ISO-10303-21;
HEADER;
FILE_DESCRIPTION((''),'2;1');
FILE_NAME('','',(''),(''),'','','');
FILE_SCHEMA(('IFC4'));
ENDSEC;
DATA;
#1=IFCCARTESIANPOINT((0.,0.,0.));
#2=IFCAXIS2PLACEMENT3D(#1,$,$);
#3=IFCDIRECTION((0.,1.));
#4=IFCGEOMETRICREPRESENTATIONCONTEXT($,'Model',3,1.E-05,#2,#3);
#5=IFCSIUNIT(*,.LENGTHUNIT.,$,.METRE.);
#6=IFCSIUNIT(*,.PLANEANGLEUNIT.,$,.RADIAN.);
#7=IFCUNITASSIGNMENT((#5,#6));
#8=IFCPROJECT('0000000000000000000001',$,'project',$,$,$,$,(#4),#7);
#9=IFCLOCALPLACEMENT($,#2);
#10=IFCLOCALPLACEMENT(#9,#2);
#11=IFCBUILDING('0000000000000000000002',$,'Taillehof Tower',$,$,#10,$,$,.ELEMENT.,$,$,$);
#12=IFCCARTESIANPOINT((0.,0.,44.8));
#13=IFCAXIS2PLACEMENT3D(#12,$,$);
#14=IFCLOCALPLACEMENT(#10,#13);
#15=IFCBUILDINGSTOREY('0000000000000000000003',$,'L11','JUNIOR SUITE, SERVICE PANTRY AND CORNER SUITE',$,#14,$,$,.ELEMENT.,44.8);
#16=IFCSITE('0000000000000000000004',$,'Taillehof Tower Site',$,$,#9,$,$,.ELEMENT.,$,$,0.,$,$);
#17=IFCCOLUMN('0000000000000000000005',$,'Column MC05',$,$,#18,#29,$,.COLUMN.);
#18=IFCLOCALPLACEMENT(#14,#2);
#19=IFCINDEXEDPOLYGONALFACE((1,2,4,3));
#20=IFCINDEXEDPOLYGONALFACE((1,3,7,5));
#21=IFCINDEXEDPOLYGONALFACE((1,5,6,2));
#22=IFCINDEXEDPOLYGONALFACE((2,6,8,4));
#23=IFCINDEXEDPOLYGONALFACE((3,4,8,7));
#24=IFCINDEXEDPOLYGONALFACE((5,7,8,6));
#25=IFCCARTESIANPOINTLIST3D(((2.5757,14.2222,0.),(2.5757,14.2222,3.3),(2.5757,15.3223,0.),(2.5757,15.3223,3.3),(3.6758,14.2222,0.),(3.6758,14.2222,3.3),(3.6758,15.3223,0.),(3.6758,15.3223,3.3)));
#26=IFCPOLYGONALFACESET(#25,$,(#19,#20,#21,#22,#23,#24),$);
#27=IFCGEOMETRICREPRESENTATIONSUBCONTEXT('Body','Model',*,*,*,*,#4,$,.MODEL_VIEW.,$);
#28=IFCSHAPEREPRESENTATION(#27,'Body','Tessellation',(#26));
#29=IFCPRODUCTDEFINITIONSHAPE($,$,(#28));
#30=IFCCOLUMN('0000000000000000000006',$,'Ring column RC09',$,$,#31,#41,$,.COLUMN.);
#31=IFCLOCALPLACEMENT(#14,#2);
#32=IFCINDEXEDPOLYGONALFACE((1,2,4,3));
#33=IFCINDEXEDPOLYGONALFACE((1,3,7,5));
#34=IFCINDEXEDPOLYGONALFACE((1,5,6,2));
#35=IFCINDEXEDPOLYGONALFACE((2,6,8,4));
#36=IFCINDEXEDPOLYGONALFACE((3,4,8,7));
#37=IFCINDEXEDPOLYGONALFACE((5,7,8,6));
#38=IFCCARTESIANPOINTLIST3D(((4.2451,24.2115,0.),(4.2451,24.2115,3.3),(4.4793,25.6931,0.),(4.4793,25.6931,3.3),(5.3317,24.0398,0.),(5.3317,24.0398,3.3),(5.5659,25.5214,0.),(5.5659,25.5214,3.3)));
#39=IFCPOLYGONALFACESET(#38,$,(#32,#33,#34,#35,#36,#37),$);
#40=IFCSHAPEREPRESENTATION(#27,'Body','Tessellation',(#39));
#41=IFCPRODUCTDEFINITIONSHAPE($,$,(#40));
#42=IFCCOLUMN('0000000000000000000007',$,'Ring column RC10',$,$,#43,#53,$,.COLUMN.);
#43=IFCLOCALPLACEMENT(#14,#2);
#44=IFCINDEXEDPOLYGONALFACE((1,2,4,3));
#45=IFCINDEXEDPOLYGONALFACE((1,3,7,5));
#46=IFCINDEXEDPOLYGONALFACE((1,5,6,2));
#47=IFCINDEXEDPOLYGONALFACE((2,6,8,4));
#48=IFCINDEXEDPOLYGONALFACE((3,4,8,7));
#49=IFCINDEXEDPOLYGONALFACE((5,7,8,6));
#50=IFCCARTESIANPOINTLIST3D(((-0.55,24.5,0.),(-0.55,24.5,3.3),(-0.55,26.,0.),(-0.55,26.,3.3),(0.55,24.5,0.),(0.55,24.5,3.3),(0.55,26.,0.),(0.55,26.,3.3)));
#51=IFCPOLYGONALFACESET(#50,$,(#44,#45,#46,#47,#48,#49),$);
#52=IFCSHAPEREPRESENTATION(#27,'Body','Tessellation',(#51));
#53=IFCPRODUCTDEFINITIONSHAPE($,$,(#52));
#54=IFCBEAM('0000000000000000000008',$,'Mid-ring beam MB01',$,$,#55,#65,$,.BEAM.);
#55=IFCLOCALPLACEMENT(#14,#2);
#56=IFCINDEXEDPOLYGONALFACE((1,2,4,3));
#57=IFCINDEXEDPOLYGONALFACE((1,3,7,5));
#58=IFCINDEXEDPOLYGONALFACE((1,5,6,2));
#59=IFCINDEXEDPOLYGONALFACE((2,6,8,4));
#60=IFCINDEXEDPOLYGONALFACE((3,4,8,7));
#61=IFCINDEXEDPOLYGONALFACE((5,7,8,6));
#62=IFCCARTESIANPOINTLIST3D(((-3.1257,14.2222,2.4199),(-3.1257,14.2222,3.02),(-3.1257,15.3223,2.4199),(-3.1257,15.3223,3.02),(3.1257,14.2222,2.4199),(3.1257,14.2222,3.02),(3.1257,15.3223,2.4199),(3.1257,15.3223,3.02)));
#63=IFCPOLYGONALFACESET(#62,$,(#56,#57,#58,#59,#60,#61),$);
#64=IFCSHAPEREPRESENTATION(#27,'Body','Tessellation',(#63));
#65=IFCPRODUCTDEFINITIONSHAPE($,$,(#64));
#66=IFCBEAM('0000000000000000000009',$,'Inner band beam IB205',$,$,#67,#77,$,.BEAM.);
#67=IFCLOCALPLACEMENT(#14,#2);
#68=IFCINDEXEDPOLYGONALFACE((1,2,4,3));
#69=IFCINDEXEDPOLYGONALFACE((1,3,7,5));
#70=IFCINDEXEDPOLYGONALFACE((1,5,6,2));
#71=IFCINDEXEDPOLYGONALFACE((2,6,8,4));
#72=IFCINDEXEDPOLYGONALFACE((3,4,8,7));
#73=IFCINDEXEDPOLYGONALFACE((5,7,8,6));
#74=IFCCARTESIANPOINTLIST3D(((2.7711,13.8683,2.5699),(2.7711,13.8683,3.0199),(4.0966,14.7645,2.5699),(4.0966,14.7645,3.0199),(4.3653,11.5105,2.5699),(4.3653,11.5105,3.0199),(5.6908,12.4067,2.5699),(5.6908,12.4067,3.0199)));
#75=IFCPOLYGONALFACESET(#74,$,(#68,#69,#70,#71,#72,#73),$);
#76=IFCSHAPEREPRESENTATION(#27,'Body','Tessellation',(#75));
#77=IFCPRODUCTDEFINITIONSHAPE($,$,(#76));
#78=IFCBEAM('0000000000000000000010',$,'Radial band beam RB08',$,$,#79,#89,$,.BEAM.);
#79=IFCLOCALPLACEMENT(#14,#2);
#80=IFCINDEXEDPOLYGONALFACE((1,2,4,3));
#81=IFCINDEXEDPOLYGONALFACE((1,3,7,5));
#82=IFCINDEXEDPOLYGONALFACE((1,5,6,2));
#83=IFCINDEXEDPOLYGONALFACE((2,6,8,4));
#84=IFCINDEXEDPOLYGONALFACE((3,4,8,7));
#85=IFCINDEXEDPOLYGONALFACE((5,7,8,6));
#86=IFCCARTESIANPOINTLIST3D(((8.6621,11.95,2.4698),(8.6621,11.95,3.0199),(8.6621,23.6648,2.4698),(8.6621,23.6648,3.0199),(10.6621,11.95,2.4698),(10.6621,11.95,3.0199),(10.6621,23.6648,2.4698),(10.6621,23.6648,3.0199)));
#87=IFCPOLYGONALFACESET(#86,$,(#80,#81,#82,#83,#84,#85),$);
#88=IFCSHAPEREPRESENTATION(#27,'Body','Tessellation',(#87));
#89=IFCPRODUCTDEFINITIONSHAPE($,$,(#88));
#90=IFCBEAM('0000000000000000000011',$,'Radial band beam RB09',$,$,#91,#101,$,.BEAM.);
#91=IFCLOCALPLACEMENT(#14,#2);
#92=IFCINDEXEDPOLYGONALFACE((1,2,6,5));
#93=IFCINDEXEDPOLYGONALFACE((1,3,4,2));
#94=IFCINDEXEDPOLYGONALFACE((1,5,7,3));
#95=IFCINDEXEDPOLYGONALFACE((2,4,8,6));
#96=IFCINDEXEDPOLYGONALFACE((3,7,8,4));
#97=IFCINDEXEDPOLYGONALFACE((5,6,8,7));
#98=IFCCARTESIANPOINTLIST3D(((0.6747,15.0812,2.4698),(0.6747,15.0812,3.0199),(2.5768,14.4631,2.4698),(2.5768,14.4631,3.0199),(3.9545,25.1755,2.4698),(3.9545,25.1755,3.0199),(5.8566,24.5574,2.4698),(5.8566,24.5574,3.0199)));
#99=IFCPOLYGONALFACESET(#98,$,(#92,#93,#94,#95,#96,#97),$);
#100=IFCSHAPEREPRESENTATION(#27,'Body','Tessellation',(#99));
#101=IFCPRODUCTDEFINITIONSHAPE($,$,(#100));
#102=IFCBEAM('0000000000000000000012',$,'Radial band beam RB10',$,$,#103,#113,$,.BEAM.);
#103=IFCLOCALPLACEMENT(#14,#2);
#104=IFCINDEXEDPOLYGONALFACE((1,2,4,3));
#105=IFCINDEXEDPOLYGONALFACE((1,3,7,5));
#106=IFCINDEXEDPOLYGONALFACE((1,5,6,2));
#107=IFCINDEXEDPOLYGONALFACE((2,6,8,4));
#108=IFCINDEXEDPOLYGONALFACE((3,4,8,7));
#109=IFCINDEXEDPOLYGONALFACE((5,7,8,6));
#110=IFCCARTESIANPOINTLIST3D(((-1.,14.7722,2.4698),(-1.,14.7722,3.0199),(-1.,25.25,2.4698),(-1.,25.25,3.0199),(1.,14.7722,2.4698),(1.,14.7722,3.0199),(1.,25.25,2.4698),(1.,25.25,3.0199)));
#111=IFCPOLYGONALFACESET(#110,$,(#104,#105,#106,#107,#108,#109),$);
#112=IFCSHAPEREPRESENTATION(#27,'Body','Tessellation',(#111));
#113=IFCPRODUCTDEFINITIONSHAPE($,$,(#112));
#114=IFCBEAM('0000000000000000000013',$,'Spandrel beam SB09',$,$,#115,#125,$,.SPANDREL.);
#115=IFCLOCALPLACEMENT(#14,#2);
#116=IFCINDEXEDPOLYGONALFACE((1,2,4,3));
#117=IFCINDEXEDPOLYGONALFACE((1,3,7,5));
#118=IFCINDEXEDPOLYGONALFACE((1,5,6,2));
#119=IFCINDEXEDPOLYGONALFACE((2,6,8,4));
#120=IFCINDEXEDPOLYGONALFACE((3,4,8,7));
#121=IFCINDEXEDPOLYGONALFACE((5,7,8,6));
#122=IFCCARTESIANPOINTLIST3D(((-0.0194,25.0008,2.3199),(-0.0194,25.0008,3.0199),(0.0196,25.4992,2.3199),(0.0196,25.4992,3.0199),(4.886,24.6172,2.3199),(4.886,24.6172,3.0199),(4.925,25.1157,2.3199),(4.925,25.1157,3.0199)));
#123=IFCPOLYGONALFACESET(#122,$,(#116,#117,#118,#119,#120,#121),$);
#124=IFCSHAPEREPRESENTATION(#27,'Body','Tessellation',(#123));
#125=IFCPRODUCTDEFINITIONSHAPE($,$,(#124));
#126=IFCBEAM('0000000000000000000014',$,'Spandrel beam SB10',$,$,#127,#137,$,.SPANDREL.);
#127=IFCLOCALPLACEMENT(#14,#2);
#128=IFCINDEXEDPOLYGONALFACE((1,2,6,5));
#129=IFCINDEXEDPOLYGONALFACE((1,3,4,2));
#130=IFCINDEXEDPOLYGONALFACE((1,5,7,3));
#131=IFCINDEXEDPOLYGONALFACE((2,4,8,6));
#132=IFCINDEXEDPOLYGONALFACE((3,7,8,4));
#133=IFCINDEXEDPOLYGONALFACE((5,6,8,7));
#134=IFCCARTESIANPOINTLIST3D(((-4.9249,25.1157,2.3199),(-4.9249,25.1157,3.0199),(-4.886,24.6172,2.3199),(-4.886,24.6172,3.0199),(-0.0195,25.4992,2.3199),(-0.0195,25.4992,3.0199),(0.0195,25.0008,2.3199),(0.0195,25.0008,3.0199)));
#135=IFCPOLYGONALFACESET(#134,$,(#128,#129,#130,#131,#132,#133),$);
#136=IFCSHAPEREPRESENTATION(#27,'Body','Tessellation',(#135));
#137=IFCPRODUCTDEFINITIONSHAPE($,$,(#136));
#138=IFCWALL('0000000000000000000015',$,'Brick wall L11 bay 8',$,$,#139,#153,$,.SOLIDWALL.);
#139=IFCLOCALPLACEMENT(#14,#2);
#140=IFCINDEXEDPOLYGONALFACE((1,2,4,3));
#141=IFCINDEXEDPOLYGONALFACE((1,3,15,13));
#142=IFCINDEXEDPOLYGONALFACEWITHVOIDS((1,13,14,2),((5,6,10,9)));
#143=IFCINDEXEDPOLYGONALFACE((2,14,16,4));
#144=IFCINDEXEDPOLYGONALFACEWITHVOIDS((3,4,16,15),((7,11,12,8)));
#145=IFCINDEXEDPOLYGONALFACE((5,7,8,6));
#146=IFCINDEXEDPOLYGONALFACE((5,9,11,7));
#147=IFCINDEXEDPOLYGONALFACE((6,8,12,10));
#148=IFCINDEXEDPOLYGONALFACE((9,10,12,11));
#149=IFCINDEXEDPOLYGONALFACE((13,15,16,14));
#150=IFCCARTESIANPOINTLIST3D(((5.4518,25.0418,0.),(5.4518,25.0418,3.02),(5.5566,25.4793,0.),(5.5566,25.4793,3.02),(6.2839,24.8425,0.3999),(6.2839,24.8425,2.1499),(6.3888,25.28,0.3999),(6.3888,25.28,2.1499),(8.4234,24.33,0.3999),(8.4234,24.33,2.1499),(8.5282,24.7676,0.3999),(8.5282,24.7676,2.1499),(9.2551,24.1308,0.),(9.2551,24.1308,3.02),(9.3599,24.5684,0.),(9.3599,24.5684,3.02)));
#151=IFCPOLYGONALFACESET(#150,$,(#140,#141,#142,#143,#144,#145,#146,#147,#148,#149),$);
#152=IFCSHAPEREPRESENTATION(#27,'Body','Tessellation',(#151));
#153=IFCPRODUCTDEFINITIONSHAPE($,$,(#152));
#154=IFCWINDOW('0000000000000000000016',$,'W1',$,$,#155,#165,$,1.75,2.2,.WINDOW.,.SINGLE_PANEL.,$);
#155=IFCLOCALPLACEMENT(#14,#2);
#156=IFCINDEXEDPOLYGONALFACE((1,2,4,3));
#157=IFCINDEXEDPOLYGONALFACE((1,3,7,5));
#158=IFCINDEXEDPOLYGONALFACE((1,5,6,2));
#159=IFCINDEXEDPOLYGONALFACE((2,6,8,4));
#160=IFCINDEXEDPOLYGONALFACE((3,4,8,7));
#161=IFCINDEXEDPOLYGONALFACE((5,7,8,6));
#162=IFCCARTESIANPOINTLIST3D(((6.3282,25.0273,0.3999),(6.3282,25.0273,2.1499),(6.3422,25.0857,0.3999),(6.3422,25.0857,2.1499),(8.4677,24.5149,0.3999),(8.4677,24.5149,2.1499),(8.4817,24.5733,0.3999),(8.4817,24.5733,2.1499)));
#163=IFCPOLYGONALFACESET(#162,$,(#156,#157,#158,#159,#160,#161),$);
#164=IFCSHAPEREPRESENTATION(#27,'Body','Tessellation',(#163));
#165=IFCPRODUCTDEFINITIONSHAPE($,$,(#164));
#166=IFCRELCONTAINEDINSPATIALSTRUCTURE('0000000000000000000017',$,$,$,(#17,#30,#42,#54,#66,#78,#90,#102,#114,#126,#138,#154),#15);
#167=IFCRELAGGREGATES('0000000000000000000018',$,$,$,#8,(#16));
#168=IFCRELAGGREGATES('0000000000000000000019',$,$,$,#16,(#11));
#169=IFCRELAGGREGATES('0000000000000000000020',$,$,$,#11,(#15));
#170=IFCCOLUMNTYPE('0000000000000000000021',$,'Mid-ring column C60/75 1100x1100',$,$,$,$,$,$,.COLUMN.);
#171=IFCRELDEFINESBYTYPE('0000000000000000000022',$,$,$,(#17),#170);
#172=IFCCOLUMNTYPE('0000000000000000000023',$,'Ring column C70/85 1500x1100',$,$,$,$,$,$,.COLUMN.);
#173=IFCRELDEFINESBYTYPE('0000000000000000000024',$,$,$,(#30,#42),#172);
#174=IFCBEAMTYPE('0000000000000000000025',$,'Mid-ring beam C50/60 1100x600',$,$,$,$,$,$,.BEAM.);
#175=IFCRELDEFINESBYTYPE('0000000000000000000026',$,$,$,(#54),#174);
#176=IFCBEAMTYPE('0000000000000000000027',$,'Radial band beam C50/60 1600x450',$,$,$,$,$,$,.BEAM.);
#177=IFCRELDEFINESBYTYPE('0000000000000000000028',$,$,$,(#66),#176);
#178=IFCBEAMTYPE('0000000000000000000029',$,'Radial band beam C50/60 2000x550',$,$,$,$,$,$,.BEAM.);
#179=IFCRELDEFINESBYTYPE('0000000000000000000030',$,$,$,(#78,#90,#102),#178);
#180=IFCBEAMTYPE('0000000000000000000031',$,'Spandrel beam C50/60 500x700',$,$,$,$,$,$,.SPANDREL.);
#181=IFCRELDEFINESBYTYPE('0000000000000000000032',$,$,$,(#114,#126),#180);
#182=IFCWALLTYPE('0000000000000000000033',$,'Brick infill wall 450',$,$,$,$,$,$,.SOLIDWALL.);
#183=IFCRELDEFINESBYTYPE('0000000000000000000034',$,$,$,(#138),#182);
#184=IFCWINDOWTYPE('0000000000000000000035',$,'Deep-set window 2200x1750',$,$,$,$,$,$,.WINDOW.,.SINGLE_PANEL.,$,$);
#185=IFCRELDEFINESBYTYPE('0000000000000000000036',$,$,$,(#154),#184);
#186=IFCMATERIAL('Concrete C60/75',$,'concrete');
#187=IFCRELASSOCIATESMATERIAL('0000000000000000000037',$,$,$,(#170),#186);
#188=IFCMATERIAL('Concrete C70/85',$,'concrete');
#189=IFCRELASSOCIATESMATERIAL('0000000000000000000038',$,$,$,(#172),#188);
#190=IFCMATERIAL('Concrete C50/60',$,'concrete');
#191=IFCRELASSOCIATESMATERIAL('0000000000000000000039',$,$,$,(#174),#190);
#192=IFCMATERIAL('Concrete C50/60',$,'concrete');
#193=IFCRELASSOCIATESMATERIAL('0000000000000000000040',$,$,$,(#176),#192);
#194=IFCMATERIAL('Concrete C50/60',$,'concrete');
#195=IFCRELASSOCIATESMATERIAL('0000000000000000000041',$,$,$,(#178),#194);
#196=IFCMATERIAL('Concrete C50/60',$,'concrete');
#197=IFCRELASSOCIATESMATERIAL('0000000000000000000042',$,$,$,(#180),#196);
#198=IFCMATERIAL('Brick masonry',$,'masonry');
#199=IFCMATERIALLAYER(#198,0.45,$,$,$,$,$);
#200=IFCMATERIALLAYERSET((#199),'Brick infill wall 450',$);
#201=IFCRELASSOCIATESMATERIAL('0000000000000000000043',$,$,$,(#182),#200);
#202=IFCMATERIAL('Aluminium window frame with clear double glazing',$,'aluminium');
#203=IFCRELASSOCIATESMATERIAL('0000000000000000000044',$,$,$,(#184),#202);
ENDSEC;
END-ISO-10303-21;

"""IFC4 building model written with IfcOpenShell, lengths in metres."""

from ifc_helpers import new_model, si_unit, direction, frame, frame_2d, origin, origin_2d, place, context, subcontext, project, spatial, rectangle, extrude, material, layer, layer_set, material_profile, profile_set, type_object, element, fill, save


model = new_model("IFC4")

# Units and contexts
model_context = context("Model", 3, precision=1e-05, world=origin(), true_north=direction((0.0, 1.0)))
body_context = subcontext(model_context, "Body", "Model", "MODEL_VIEW")
ifc_project = project(units=[si_unit("LENGTHUNIT", "METRE"), si_unit("PLANEANGLEUNIT", "RADIAN")], contexts=[model_context])

# Site, building, storey
site_placement = place(None, origin())
site = spatial("IfcSite", under=ifc_project, at=site_placement, Name="Taillehof Tower Site", CompositionType="ELEMENT", RefElevation=0.0)
building_placement = place(site_placement, origin())
building = spatial("IfcBuilding", under=site, at=building_placement, Name="Taillehof Tower", CompositionType="ELEMENT")
storey_placement = place(building_placement, frame((0.0, 0.0, 44.8)))
storey = spatial("IfcBuildingStorey", under=building, at=storey_placement, Name="L11", Description="JUNIOR SUITE, SERVICE PANTRY AND CORNER SUITE", CompositionType="ELEMENT", Elevation=44.8)

# Columns
ifc_material_1 = material(Name="Concrete C60/75", Category="concrete")
ifc_material_profile_1 = material_profile(ifc_material_1, rectangle(XDim=1.1001, YDim=1.1001, at=origin_2d()), Name="RC 1100x1100")
ifc_profile_set_1 = profile_set([ifc_material_profile_1], Name="Concrete C60/75")
column_type_1 = type_object("IfcColumnType", Name="Mid-ring column C60/75 1100x1100", PredefinedType="COLUMN", material=ifc_profile_set_1)
column_placement = place(storey_placement, frame((3.1257, 14.7722, 0.0), z_axis=(0.0, 0.0, 1.0), x_axis=(1.0, 0.0, 0.0)))
element("IfcColumn", 1, at=column_placement, inside=storey, type_object=column_type_1, Name="Column MC05", PredefinedType="COLUMN", context=body_context, shape_type="SweptSolid", body=[
    extrude(rectangle(XDim=1.1001, YDim=1.1001, at=origin_2d()), origin(), (0.0, 0.0, 1.0), 3.3),
])
ifc_material_2 = material(Name="Concrete C70/85", Category="concrete")
ifc_material_profile_2 = material_profile(ifc_material_2, rectangle(XDim=1.5, YDim=1.1001, at=origin_2d()), Name="RC 1500x1100")
ifc_profile_set_2 = profile_set([ifc_material_profile_2], Name="Concrete C70/85")
column_type_2 = type_object("IfcColumnType", Name="Ring column C70/85 1500x1100", PredefinedType="COLUMN", material=ifc_profile_set_2)
for number, where, z_axis, x_axis, name in (
    (2, (4.9055, 24.8665, 0.0), (0.0, 0.0, 1.0), (0.156147, 0.987734, 0.0), "Ring column RC09"),
    (3, (0.0, 25.25, 0.0), (0.0, 0.0, 1.0), (0.0, 1.0, 0.0), "Ring column RC10"),
):
    element("IfcColumn", number, at=place(storey_placement, frame(where, z_axis=z_axis, x_axis=x_axis)), inside=storey, type_object=column_type_2, Name=name, PredefinedType="COLUMN", context=body_context, shape_type="SweptSolid", body=[
        extrude(rectangle(XDim=1.5, YDim=1.1001, at=origin_2d()), origin(), (0.0, 0.0, 1.0), 3.3),
    ])

# Beams
ifc_material_3 = material(Name="Concrete C50/60", Category="concrete")
ifc_material_profile_3 = material_profile(ifc_material_3, rectangle(XDim=1.1001, YDim=0.6001, at=origin_2d()), Name="RC 1100x600")
ifc_profile_set_3 = profile_set([ifc_material_profile_3], Name="Concrete C50/60")
beam_type_1 = type_object("IfcBeamType", Name="Mid-ring beam C50/60 1100x600", PredefinedType="BEAM", material=ifc_profile_set_3)
beam_1_placement = place(storey_placement, frame((3.1257, 14.7722, 2.72), z_axis=(-1.0, 0.0, 0.0), x_axis=(0.0, -1.0, 0.0)))
element("IfcBeam", 4, at=beam_1_placement, inside=storey, type_object=beam_type_1, Name="Mid-ring beam MB01", PredefinedType="BEAM", context=body_context, shape_type="SweptSolid", body=[
    extrude(rectangle(XDim=1.1001, YDim=0.6001, at=origin_2d()), origin(), (0.0, 0.0, 1.0), 6.2515),
])
ifc_material_4 = material(Name="Concrete C50/60", Category="concrete")
ifc_material_profile_4 = material_profile(ifc_material_4, rectangle(XDim=1.6001, YDim=0.45, at=origin_2d()), Name="RC 1600x450")
ifc_profile_set_4 = profile_set([ifc_material_profile_4], Name="Concrete C50/60")
beam_type_2 = type_object("IfcBeamType", Name="Radial band beam C50/60 1600x450", PredefinedType="BEAM", material=ifc_profile_set_4)
beam_2_placement = place(storey_placement, frame((3.4338, 14.3164, 2.7949), z_axis=(0.560112, -0.828417, 0.0), x_axis=(0.828417, 0.560112, 0.0)))
element("IfcBeam", 5, at=beam_2_placement, inside=storey, type_object=beam_type_2, Name="Inner band beam IB205", PredefinedType="BEAM", context=body_context, shape_type="SweptSolid", body=[
    extrude(rectangle(XDim=1.6001, YDim=0.45, at=origin_2d()), origin(), (0.0, 0.0, 1.0), 2.8462),
])
ifc_material_5 = material(Name="Concrete C50/60", Category="concrete")
ifc_material_profile_5 = material_profile(ifc_material_5, rectangle(XDim=2.0, YDim=0.55, at=origin_2d()), Name="RC 2000x550")
ifc_profile_set_5 = profile_set([ifc_material_profile_5], Name="Concrete C50/60")
beam_type_3 = type_object("IfcBeamType", Name="Radial band beam C50/60 2000x550", PredefinedType="BEAM", material=ifc_profile_set_5)
beam_3_placement = place(storey_placement, frame((9.6621, 23.6648, 2.7449), z_axis=(0.0, -1.0, 0.0), x_axis=(1.0, 0.0, 0.0)))
element("IfcBeam", 6, at=beam_3_placement, inside=storey, type_object=beam_type_3, Name="Radial band beam RB08", PredefinedType="BEAM", context=body_context, shape_type="SweptSolid", body=[
    extrude(rectangle(XDim=2.0, YDim=0.55, at=origin_2d()), origin(), (0.0, 0.0, 1.0), 11.7148),
])
beam_4_placement = place(storey_placement, frame((4.9055, 24.8665, 2.7449), z_axis=(-0.309014, -0.951057, 0.0), x_axis=(0.951057, -0.309014, 0.0)))
element("IfcBeam", 7, at=beam_4_placement, inside=storey, type_object=beam_type_3, Name="Radial band beam RB09", PredefinedType="BEAM", context=body_context, shape_type="SweptSolid", body=[
    extrude(rectangle(XDim=2.0, YDim=0.55, at=origin_2d()), origin(), (0.0, 0.0, 1.0), 10.6138),
])
beam_5_placement = place(storey_placement, frame((0.0, 25.25, 2.7449), z_axis=(0.0, -1.0, 0.0), x_axis=(1.0, 0.0, 0.0)))
element("IfcBeam", 8, at=beam_5_placement, inside=storey, type_object=beam_type_3, Name="Radial band beam RB10", PredefinedType="BEAM", context=body_context, shape_type="SweptSolid", body=[
    extrude(rectangle(XDim=2.0, YDim=0.55, at=origin_2d()), origin(), (0.0, 0.0, 1.0), 10.4778),
])
ifc_material_6 = material(Name="Concrete C50/60", Category="concrete")
ifc_material_profile_6 = material_profile(ifc_material_6, rectangle(XDim=0.5, YDim=0.7, at=origin_2d()), Name="RC 500x700")
ifc_profile_set_6 = profile_set([ifc_material_profile_6], Name="Concrete C50/60")
beam_type_4 = type_object("IfcBeamType", Name="Spandrel beam C50/60 500x700", PredefinedType="SPANDREL", material=ifc_profile_set_6)
for number, where, z_axis, x_axis, name in (
    (9, (4.9055, 24.8665, 2.6699), (-0.996957, 0.077949, 0.0), (-0.077949, -0.996957, 0.0), "Spandrel beam SB09"),
    (10, (0.0, 25.25, 2.6699), (-0.996957, -0.077949, 0.0), (0.077949, -0.996957, 0.0), "Spandrel beam SB10"),
):
    element("IfcBeam", number, at=place(storey_placement, frame(where, z_axis=z_axis, x_axis=x_axis)), inside=storey, type_object=beam_type_4, Name=name, PredefinedType="SPANDREL", context=body_context, shape_type="SweptSolid", body=[
        extrude(rectangle(XDim=0.5, YDim=0.7, at=origin_2d()), origin(), (0.0, 0.0, 1.0), 4.9204),
    ])

# Wall, opening, window
ifc_material_7 = material(Name="Brick masonry", Category="masonry")
ifc_layer_1 = layer(ifc_material_7, 0.45)
ifc_layer_set_1 = layer_set([ifc_layer_1], Name="Brick infill wall 450")
wall_type_1 = type_object("IfcWallType", Name="Brick infill wall 450", PredefinedType="SOLIDWALL", material=ifc_layer_set_1)
wall_1_placement = place(storey_placement, frame((9.3076, 24.3496, 0.0), z_axis=(0.0, 0.0, 1.0), x_axis=(-0.972497, 0.232917, 0.0)))
wall_1 = element("IfcWall", 11, at=wall_1_placement, inside=storey, type_object=wall_type_1, Name="Brick wall L11 bay 8", PredefinedType="SOLIDWALL", context=body_context, shape_type="SweptSolid", body=[
    extrude(rectangle(XDim=3.9109, YDim=0.45, at=frame_2d((1.9556, 0.0))), origin(), (0.0, 0.0, 1.0), 3.02),
])
opening_1_placement = place(wall_1_placement, frame((0.8552, 0.0, 0.3999)))
opening_1 = element("IfcOpeningElement", 12, at=opening_1_placement, cuts=wall_1, PredefinedType="OPENING", context=body_context, shape_type="SweptSolid", body=[
    extrude(rectangle(XDim=2.2, YDim=1.75, at=frame_2d((1.1001, 0.875))), frame((0.0, 0.2349, 0.0), z_axis=(0.0, -1.0, 0.0), x_axis=(1.0, 0.0, 0.0)), (0.0, 0.0, 1.0), 0.47),
])
ifc_material_8 = material(Name="Aluminium window frame with clear double glazing", Category="aluminium")
window_type = type_object("IfcWindowType", Name="Deep-set window 2200x1750", PartitioningType="SINGLE_PANEL", PredefinedType="WINDOW", material=ifc_material_8)
window_1_placement = place(opening_1_placement, origin())
window_1 = element("IfcWindow", 13, at=window_1_placement, inside=storey, type_object=window_type, Name="W1", OverallHeight=1.75, OverallWidth=2.2, PartitioningType="SINGLE_PANEL", PredefinedType="WINDOW", context=body_context, shape_type="SweptSolid", body=[
    extrude(rectangle(XDim=2.2, YDim=1.75, at=frame_2d((1.1001, 0.875))), frame((0.0, 0.0349, 0.0), z_axis=(0.0, -1.0, 0.0), x_axis=(1.0, 0.0, 0.0)), (0.0, 0.0, 1.0), 0.0601),
])
fill(opening_1, window_1)

save(model, "model.ifc")
